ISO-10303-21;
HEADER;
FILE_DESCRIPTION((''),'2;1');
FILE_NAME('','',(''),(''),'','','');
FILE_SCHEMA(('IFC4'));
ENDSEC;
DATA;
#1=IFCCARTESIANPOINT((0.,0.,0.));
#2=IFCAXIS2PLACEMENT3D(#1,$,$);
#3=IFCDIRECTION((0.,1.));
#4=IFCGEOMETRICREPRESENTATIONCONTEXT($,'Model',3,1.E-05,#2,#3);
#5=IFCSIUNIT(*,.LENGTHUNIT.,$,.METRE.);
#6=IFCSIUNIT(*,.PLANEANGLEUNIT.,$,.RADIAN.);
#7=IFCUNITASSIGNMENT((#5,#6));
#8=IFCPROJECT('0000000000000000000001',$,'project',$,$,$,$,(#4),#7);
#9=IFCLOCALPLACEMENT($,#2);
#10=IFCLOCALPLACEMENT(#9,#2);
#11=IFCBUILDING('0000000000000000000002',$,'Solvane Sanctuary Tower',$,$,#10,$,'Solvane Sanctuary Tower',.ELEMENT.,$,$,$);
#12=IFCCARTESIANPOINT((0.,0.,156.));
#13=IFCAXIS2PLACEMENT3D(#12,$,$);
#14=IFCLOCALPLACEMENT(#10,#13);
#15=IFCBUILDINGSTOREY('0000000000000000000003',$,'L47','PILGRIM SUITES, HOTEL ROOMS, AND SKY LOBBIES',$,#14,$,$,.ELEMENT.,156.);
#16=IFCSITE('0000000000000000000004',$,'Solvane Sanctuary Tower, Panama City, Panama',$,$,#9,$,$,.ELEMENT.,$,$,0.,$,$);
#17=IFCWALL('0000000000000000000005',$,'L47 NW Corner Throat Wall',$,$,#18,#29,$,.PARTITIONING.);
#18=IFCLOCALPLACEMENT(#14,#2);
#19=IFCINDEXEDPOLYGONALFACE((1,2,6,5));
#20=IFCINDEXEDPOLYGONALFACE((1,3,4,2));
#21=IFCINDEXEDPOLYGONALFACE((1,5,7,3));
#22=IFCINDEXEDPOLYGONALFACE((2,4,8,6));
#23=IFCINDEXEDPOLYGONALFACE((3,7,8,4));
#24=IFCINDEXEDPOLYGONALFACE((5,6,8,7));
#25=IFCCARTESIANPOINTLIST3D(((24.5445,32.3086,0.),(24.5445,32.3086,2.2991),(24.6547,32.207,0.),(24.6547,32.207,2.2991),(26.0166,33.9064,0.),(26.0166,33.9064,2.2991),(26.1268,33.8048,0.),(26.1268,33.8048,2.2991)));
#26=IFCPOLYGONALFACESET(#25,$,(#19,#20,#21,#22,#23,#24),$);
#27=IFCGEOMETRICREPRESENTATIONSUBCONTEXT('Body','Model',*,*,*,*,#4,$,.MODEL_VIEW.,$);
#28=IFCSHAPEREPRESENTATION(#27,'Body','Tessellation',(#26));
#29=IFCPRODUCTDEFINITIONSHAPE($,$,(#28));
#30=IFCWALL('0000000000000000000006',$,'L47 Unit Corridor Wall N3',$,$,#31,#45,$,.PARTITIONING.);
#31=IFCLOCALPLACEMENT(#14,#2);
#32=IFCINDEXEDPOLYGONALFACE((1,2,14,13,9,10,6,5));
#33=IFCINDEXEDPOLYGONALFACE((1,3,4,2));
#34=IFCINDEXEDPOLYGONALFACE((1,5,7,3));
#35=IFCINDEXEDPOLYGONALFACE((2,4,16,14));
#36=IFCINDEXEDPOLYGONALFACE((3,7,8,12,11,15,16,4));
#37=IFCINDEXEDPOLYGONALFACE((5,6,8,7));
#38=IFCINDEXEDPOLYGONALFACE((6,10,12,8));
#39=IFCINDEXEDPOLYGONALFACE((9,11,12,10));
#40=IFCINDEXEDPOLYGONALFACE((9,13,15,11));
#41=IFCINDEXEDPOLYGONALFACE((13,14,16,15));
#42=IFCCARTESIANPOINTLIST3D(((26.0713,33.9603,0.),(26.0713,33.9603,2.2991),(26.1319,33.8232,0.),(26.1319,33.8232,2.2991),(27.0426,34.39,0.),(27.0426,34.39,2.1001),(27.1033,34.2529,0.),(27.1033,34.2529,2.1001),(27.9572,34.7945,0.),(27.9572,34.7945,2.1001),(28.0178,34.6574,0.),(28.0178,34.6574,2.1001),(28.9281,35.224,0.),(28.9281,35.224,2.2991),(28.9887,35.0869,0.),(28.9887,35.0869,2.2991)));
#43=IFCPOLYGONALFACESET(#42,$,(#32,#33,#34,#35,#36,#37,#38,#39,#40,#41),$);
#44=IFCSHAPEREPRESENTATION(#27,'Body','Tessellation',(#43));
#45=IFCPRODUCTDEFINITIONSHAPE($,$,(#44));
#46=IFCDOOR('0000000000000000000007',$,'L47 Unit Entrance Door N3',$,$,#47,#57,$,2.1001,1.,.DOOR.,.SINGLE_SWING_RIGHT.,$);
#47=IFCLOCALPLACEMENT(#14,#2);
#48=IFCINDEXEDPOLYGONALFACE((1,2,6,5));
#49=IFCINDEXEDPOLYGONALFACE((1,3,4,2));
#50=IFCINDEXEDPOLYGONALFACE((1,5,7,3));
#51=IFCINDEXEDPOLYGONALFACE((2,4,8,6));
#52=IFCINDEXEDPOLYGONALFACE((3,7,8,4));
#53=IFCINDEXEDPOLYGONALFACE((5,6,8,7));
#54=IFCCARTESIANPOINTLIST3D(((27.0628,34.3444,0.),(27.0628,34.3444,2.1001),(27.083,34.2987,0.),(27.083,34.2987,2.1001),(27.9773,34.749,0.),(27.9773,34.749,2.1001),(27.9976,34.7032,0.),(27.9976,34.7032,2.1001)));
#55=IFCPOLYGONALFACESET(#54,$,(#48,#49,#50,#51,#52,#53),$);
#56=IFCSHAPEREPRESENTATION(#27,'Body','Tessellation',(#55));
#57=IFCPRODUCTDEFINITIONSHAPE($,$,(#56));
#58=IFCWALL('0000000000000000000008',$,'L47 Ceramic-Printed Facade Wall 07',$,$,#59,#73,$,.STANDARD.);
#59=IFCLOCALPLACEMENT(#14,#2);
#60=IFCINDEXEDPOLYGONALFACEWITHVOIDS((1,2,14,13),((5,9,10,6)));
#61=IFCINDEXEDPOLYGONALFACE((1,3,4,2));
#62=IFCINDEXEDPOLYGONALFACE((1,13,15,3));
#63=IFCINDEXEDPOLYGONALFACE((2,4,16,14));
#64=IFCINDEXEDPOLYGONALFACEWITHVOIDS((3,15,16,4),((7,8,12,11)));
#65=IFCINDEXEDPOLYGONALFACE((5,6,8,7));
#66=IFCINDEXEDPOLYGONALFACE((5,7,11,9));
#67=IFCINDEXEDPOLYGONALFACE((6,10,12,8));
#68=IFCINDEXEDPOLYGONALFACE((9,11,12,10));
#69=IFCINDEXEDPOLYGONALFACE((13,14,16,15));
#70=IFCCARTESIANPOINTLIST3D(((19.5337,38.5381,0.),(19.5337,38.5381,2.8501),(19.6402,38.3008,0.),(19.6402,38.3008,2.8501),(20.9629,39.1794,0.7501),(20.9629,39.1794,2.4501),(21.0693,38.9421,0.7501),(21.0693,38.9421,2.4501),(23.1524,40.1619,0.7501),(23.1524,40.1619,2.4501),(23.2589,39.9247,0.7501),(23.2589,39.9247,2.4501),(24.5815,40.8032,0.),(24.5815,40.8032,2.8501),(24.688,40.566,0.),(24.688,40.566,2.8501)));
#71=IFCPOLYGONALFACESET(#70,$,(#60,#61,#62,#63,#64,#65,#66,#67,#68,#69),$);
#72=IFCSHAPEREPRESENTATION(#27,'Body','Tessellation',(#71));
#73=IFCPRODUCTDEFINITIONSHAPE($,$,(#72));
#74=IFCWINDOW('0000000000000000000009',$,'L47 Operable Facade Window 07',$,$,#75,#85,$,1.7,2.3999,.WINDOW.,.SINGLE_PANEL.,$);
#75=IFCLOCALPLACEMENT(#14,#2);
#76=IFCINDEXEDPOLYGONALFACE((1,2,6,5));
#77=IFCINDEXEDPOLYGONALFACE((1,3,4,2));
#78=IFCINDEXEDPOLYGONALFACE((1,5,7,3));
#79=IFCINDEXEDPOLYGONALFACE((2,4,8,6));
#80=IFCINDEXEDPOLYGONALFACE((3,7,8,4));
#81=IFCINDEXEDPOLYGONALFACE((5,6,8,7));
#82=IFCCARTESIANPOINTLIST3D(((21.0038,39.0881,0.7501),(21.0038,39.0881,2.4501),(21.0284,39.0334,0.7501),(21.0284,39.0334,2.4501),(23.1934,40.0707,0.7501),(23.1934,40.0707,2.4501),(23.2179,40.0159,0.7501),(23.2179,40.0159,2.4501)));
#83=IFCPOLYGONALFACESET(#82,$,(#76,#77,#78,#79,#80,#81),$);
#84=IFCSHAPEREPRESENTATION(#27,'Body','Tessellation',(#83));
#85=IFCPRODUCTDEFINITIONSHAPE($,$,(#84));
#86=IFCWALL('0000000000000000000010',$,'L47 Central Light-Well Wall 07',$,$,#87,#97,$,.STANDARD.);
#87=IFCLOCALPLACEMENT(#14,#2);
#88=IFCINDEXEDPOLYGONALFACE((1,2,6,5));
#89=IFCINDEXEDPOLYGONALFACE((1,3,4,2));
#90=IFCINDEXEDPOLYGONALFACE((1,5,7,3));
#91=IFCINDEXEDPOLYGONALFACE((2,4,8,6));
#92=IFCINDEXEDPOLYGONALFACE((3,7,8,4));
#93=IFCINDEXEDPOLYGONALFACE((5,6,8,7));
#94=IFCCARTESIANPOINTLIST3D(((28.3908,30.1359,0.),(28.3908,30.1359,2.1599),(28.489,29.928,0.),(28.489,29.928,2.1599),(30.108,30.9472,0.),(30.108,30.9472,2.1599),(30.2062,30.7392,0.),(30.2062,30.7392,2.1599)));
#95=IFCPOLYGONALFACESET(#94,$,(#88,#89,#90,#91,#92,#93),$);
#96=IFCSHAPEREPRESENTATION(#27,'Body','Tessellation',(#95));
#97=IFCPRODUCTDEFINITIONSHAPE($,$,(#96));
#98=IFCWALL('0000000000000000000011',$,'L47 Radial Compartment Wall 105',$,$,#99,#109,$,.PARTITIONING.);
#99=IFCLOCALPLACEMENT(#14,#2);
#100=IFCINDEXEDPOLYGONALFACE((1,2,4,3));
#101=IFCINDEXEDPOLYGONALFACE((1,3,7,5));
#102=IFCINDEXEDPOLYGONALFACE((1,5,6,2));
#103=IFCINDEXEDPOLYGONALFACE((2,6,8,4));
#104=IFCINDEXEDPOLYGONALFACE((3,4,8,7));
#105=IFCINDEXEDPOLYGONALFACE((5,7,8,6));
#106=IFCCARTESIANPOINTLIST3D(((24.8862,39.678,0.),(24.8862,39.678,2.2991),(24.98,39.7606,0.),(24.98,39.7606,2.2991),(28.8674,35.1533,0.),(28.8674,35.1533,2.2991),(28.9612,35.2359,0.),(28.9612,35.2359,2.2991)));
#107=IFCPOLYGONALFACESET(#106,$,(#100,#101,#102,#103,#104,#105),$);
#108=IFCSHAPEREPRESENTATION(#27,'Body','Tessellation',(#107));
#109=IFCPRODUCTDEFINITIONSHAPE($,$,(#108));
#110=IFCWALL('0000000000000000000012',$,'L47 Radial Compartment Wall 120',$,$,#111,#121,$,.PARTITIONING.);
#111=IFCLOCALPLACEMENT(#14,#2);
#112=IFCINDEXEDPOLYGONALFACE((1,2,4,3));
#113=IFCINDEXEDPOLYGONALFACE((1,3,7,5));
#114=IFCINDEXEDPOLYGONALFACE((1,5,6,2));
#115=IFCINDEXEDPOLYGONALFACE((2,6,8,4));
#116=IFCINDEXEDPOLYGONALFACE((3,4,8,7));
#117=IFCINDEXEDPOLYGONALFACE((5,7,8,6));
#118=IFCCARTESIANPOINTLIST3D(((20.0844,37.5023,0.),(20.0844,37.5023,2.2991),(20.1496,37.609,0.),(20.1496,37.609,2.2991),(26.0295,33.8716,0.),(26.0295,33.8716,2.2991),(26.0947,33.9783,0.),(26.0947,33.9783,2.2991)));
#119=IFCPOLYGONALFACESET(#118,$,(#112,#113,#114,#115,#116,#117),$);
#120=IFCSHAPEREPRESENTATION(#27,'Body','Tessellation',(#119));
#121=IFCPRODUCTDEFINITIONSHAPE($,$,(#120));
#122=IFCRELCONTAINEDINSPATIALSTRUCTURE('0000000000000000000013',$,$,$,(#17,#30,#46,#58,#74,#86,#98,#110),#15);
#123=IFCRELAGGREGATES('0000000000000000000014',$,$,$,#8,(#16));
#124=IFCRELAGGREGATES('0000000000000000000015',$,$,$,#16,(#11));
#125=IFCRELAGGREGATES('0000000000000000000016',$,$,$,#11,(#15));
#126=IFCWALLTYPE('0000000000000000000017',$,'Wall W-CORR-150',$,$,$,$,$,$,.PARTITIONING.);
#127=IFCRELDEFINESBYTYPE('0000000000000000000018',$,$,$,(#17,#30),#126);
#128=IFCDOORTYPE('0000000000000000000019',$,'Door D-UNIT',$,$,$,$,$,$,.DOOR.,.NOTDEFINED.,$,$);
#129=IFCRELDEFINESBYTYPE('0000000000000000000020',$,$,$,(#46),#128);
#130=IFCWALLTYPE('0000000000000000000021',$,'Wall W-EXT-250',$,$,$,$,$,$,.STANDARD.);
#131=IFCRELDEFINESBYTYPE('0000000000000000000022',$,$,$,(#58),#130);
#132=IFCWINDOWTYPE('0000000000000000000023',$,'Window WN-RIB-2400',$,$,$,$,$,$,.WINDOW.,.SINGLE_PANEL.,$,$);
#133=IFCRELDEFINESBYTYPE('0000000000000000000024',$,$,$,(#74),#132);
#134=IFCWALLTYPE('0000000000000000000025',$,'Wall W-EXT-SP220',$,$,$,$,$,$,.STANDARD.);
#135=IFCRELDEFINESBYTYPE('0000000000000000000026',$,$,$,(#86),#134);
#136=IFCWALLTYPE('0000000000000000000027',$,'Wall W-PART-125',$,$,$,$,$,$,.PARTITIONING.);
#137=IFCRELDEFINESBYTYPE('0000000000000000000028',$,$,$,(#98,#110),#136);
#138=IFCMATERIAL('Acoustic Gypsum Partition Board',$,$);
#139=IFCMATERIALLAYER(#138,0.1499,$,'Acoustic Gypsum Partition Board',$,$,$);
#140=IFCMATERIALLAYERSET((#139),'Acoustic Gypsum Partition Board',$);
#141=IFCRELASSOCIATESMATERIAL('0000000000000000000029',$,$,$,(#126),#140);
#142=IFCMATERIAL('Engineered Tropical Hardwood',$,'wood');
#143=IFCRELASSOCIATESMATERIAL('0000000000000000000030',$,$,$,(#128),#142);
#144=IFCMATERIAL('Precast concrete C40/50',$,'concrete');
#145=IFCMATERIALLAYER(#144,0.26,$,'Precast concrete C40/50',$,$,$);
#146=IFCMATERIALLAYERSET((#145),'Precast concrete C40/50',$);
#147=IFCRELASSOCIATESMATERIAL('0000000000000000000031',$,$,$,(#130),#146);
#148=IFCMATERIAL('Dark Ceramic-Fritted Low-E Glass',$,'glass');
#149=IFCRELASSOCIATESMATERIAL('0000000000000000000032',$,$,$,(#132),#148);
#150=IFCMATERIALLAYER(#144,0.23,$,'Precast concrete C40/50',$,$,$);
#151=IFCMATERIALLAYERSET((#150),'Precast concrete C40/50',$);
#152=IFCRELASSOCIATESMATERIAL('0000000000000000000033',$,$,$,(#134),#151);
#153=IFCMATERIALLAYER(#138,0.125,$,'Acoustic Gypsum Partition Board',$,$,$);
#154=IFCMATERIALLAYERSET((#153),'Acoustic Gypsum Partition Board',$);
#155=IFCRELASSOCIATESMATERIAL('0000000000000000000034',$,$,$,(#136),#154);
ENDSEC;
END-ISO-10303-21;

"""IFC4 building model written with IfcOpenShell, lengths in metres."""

from ifc_helpers import new_model, si_unit, direction, frame, frame_2d, origin, place, context, subcontext, project, spatial, rectangle, extrude, material, layer, layer_set, type_object, element, fill, save


model = new_model("IFC4")

# Units and contexts
model_context = context("Model", 3, precision=1e-05, world=origin(), true_north=direction((0.0, 1.0)))
body_context = subcontext(model_context, "Body", "Model", "MODEL_VIEW")
ifc_project = project(units=[si_unit("LENGTHUNIT", "METRE"), si_unit("PLANEANGLEUNIT", "RADIAN")], contexts=[model_context])

# Site, building, storey
site_placement = place(None, origin())
site = spatial("IfcSite", under=ifc_project, at=site_placement, Name="Solvane Sanctuary Tower, Panama City, Panama", CompositionType="ELEMENT", RefElevation=0.0)
building_placement = place(site_placement, origin())
building = spatial("IfcBuilding", under=site, at=building_placement, Name="Solvane Sanctuary Tower", LongName="Solvane Sanctuary Tower", CompositionType="ELEMENT")
storey_placement = place(building_placement, frame((0.0, 0.0, 156.0)))
storey = spatial("IfcBuildingStorey", under=building, at=storey_placement, Name="L47", Description="PILGRIM SUITES, HOTEL ROOMS, AND SKY LOBBIES", CompositionType="ELEMENT", Elevation=156.0)

# Wall
ifc_material_1 = material(Name="Acoustic Gypsum Partition Board")
ifc_layer_1 = layer(ifc_material_1, 0.1499, Name="Acoustic Gypsum Partition Board")
ifc_layer_set_1 = layer_set([ifc_layer_1], Name="Acoustic Gypsum Partition Board")
wall_type_1 = type_object("IfcWallType", Name="Wall W-CORR-150", PredefinedType="PARTITIONING", material=ifc_layer_set_1)
wall_1_placement = place(storey_placement, frame((26.0718, 33.8557, 0.0), z_axis=(0.0, 0.0, 1.0), x_axis=(-0.67758, -0.735449, 0.0)))
element("IfcWall", 1, at=wall_1_placement, inside=storey, type_object=wall_type_1, Name="L47 NW Corner Throat Wall", PredefinedType="PARTITIONING", context=body_context, shape_type="SweptSolid", body=[
    extrude(rectangle(XDim=2.1726, YDim=0.1499, at=frame_2d((1.0864, 0.0))), origin(), (0.0, 0.0, 1.0), 2.2991),
])

# Wall, opening, door
wall_2_placement = place(storey_placement, frame((28.9585, 35.1555, 0.0), z_axis=(0.0, 0.0, 1.0), x_axis=(-0.914519, -0.404542, 0.0)))
wall_2 = element("IfcWall", 2, at=wall_2_placement, inside=storey, type_object=wall_type_1, Name="L47 Unit Corridor Wall N3", PredefinedType="PARTITIONING", context=body_context, shape_type="SweptSolid", body=[
    extrude(rectangle(XDim=3.1238, YDim=0.1499, at=frame_2d((1.562, 0.0))), origin(), (0.0, 0.0, 1.0), 2.2991),
])
opening_1_placement = place(wall_2_placement, frame((1.0618, 0.0, 0.0)))
opening_1 = element("IfcOpeningElement", 3, at=opening_1_placement, cuts=wall_2, PredefinedType="OPENING", context=body_context, shape_type="SweptSolid", body=[
    extrude(rectangle(XDim=1.0, YDim=2.1001, at=frame_2d((0.5, 1.05))), frame((0.0, 0.085, 0.0), z_axis=(0.0, -1.0, 0.0), x_axis=(1.0, 0.0, 0.0)), (0.0, 0.0, 1.0), 0.1699),
])
ifc_material_2 = material(Name="Engineered Tropical Hardwood", Category="wood")
door_type = type_object("IfcDoorType", Name="Door D-UNIT", OperationType="NOTDEFINED", PredefinedType="DOOR", material=ifc_material_2)
door_placement = place(opening_1_placement, origin())
door = element("IfcDoor", 4, at=door_placement, inside=storey, type_object=door_type, Name="L47 Unit Entrance Door N3", OperationType="SINGLE_SWING_RIGHT", OverallHeight=2.1001, OverallWidth=1.0, PredefinedType="DOOR", context=body_context, shape_type="SweptSolid", body=[
    extrude(rectangle(XDim=1.0, YDim=2.1001, at=frame_2d((0.5, 1.05))), frame((0.0, 0.0249, 0.0), z_axis=(0.0, -1.0, 0.0), x_axis=(1.0, 0.0, 0.0)), (0.0, 0.0, 1.0), 0.05),
])
fill(opening_1, door)

# Wall, opening, window
ifc_material_3 = material(Name="Precast concrete C40/50", Category="concrete")
ifc_layer_2 = layer(ifc_material_3, 0.26, Name="Precast concrete C40/50")
ifc_layer_set_2 = layer_set([ifc_layer_2], Name="Precast concrete C40/50")
wall_type_2 = type_object("IfcWallType", Name="Wall W-EXT-250", PredefinedType="STANDARD", material=ifc_layer_set_2)
wall_3_placement = place(storey_placement, frame((24.6348, 40.6846, 0.0), z_axis=(0.0, 0.0, 1.0), x_axis=(-0.912354, -0.409403, 0.0)))
wall_3 = element("IfcWall", 5, at=wall_3_placement, inside=storey, type_object=wall_type_2, Name="L47 Ceramic-Printed Facade Wall 07", PredefinedType="STANDARD", context=body_context, shape_type="SweptSolid", body=[
    extrude(rectangle(XDim=5.5327, YDim=0.26, at=frame_2d((2.7664, 0.0))), origin(), (0.0, 0.0, 1.0), 2.8501),
])
opening_2_placement = place(wall_3_placement, frame((1.5664, 0.0, 0.75)))
opening_2 = element("IfcOpeningElement", 6, at=opening_2_placement, cuts=wall_3, PredefinedType="OPENING", context=body_context, shape_type="SweptSolid", body=[
    extrude(rectangle(XDim=2.3999, YDim=1.7, at=frame_2d((1.2, 0.8501))), frame((0.0, 0.1399, 0.0), z_axis=(0.0, -1.0, 0.0), x_axis=(1.0, 0.0, 0.0)), (0.0, 0.0, 1.0), 0.28),
])
ifc_material_4 = material(Name="Dark Ceramic-Fritted Low-E Glass", Category="glass")
window_type = type_object("IfcWindowType", Name="Window WN-RIB-2400", PartitioningType="SINGLE_PANEL", PredefinedType="WINDOW", material=ifc_material_4)
window_placement = place(opening_2_placement, origin())
window = element("IfcWindow", 7, at=window_placement, inside=storey, type_object=window_type, Name="L47 Operable Facade Window 07", OverallHeight=1.7, OverallWidth=2.3999, PartitioningType="SINGLE_PANEL", PredefinedType="WINDOW", context=body_context, shape_type="SweptSolid", body=[
    extrude(rectangle(XDim=2.3999, YDim=1.7, at=frame_2d((1.2, 0.8501))), frame((0.0, 0.03, 0.0), z_axis=(0.0, -1.0, 0.0), x_axis=(1.0, 0.0, 0.0)), (0.0, 0.0, 1.0), 0.0601),
])
fill(opening_2, window)

# Walls
ifc_layer_3 = layer(ifc_material_3, 0.23, Name="Precast concrete C40/50")
ifc_layer_set_3 = layer_set([ifc_layer_3], Name="Precast concrete C40/50")
wall_type_3 = type_object("IfcWallType", Name="Wall W-EXT-SP220", PredefinedType="STANDARD", material=ifc_layer_set_3)
wall_4_placement = place(storey_placement, frame((30.1572, 30.8433, 0.0), z_axis=(0.0, 0.0, 1.0), x_axis=(-0.90418, -0.427152, 0.0)))
element("IfcWall", 8, at=wall_4_placement, inside=storey, type_object=wall_type_3, Name="L47 Central Light-Well Wall 07", PredefinedType="STANDARD", context=body_context, shape_type="SweptSolid", body=[
    extrude(rectangle(XDim=1.8992, YDim=0.23, at=frame_2d((0.9497, 0.0))), origin(), (0.0, 0.0, 1.0), 2.1599),
])
ifc_layer_4 = layer(ifc_material_1, 0.125, Name="Acoustic Gypsum Partition Board")
ifc_layer_set_4 = layer_set([ifc_layer_4], Name="Acoustic Gypsum Partition Board")
wall_type_4 = type_object("IfcWallType", Name="Wall W-PART-125", PredefinedType="PARTITIONING", material=ifc_layer_set_4)
wall_5_placement = place(storey_placement, frame((28.9143, 35.1946, 0.0), z_axis=(0.0, 0.0, 1.0), x_axis=(-0.660581, 0.750754, 0.0)))
element("IfcWall", 9, at=wall_5_placement, inside=storey, type_object=wall_type_4, Name="L47 Radial Compartment Wall 105", PredefinedType="PARTITIONING", context=body_context, shape_type="SweptSolid", body=[
    extrude(rectangle(XDim=6.0269, YDim=0.125, at=frame_2d((3.0134, 0.0))), origin(), (0.0, 0.0, 1.0), 2.2991),
])
wall_6_placement = place(storey_placement, frame((26.062, 33.925, 0.0), z_axis=(0.0, 0.0, 1.0), x_axis=(-0.85344, 0.521191, 0.0)))
element("IfcWall", 10, at=wall_6_placement, inside=storey, type_object=wall_type_4, Name="L47 Radial Compartment Wall 120", PredefinedType="PARTITIONING", context=body_context, shape_type="SweptSolid", body=[
    extrude(rectangle(XDim=6.9661, YDim=0.125, at=frame_2d((3.4829, 0.0))), origin(), (0.0, 0.0, 1.0), 2.2991),
])

save(model, "model.ifc")
